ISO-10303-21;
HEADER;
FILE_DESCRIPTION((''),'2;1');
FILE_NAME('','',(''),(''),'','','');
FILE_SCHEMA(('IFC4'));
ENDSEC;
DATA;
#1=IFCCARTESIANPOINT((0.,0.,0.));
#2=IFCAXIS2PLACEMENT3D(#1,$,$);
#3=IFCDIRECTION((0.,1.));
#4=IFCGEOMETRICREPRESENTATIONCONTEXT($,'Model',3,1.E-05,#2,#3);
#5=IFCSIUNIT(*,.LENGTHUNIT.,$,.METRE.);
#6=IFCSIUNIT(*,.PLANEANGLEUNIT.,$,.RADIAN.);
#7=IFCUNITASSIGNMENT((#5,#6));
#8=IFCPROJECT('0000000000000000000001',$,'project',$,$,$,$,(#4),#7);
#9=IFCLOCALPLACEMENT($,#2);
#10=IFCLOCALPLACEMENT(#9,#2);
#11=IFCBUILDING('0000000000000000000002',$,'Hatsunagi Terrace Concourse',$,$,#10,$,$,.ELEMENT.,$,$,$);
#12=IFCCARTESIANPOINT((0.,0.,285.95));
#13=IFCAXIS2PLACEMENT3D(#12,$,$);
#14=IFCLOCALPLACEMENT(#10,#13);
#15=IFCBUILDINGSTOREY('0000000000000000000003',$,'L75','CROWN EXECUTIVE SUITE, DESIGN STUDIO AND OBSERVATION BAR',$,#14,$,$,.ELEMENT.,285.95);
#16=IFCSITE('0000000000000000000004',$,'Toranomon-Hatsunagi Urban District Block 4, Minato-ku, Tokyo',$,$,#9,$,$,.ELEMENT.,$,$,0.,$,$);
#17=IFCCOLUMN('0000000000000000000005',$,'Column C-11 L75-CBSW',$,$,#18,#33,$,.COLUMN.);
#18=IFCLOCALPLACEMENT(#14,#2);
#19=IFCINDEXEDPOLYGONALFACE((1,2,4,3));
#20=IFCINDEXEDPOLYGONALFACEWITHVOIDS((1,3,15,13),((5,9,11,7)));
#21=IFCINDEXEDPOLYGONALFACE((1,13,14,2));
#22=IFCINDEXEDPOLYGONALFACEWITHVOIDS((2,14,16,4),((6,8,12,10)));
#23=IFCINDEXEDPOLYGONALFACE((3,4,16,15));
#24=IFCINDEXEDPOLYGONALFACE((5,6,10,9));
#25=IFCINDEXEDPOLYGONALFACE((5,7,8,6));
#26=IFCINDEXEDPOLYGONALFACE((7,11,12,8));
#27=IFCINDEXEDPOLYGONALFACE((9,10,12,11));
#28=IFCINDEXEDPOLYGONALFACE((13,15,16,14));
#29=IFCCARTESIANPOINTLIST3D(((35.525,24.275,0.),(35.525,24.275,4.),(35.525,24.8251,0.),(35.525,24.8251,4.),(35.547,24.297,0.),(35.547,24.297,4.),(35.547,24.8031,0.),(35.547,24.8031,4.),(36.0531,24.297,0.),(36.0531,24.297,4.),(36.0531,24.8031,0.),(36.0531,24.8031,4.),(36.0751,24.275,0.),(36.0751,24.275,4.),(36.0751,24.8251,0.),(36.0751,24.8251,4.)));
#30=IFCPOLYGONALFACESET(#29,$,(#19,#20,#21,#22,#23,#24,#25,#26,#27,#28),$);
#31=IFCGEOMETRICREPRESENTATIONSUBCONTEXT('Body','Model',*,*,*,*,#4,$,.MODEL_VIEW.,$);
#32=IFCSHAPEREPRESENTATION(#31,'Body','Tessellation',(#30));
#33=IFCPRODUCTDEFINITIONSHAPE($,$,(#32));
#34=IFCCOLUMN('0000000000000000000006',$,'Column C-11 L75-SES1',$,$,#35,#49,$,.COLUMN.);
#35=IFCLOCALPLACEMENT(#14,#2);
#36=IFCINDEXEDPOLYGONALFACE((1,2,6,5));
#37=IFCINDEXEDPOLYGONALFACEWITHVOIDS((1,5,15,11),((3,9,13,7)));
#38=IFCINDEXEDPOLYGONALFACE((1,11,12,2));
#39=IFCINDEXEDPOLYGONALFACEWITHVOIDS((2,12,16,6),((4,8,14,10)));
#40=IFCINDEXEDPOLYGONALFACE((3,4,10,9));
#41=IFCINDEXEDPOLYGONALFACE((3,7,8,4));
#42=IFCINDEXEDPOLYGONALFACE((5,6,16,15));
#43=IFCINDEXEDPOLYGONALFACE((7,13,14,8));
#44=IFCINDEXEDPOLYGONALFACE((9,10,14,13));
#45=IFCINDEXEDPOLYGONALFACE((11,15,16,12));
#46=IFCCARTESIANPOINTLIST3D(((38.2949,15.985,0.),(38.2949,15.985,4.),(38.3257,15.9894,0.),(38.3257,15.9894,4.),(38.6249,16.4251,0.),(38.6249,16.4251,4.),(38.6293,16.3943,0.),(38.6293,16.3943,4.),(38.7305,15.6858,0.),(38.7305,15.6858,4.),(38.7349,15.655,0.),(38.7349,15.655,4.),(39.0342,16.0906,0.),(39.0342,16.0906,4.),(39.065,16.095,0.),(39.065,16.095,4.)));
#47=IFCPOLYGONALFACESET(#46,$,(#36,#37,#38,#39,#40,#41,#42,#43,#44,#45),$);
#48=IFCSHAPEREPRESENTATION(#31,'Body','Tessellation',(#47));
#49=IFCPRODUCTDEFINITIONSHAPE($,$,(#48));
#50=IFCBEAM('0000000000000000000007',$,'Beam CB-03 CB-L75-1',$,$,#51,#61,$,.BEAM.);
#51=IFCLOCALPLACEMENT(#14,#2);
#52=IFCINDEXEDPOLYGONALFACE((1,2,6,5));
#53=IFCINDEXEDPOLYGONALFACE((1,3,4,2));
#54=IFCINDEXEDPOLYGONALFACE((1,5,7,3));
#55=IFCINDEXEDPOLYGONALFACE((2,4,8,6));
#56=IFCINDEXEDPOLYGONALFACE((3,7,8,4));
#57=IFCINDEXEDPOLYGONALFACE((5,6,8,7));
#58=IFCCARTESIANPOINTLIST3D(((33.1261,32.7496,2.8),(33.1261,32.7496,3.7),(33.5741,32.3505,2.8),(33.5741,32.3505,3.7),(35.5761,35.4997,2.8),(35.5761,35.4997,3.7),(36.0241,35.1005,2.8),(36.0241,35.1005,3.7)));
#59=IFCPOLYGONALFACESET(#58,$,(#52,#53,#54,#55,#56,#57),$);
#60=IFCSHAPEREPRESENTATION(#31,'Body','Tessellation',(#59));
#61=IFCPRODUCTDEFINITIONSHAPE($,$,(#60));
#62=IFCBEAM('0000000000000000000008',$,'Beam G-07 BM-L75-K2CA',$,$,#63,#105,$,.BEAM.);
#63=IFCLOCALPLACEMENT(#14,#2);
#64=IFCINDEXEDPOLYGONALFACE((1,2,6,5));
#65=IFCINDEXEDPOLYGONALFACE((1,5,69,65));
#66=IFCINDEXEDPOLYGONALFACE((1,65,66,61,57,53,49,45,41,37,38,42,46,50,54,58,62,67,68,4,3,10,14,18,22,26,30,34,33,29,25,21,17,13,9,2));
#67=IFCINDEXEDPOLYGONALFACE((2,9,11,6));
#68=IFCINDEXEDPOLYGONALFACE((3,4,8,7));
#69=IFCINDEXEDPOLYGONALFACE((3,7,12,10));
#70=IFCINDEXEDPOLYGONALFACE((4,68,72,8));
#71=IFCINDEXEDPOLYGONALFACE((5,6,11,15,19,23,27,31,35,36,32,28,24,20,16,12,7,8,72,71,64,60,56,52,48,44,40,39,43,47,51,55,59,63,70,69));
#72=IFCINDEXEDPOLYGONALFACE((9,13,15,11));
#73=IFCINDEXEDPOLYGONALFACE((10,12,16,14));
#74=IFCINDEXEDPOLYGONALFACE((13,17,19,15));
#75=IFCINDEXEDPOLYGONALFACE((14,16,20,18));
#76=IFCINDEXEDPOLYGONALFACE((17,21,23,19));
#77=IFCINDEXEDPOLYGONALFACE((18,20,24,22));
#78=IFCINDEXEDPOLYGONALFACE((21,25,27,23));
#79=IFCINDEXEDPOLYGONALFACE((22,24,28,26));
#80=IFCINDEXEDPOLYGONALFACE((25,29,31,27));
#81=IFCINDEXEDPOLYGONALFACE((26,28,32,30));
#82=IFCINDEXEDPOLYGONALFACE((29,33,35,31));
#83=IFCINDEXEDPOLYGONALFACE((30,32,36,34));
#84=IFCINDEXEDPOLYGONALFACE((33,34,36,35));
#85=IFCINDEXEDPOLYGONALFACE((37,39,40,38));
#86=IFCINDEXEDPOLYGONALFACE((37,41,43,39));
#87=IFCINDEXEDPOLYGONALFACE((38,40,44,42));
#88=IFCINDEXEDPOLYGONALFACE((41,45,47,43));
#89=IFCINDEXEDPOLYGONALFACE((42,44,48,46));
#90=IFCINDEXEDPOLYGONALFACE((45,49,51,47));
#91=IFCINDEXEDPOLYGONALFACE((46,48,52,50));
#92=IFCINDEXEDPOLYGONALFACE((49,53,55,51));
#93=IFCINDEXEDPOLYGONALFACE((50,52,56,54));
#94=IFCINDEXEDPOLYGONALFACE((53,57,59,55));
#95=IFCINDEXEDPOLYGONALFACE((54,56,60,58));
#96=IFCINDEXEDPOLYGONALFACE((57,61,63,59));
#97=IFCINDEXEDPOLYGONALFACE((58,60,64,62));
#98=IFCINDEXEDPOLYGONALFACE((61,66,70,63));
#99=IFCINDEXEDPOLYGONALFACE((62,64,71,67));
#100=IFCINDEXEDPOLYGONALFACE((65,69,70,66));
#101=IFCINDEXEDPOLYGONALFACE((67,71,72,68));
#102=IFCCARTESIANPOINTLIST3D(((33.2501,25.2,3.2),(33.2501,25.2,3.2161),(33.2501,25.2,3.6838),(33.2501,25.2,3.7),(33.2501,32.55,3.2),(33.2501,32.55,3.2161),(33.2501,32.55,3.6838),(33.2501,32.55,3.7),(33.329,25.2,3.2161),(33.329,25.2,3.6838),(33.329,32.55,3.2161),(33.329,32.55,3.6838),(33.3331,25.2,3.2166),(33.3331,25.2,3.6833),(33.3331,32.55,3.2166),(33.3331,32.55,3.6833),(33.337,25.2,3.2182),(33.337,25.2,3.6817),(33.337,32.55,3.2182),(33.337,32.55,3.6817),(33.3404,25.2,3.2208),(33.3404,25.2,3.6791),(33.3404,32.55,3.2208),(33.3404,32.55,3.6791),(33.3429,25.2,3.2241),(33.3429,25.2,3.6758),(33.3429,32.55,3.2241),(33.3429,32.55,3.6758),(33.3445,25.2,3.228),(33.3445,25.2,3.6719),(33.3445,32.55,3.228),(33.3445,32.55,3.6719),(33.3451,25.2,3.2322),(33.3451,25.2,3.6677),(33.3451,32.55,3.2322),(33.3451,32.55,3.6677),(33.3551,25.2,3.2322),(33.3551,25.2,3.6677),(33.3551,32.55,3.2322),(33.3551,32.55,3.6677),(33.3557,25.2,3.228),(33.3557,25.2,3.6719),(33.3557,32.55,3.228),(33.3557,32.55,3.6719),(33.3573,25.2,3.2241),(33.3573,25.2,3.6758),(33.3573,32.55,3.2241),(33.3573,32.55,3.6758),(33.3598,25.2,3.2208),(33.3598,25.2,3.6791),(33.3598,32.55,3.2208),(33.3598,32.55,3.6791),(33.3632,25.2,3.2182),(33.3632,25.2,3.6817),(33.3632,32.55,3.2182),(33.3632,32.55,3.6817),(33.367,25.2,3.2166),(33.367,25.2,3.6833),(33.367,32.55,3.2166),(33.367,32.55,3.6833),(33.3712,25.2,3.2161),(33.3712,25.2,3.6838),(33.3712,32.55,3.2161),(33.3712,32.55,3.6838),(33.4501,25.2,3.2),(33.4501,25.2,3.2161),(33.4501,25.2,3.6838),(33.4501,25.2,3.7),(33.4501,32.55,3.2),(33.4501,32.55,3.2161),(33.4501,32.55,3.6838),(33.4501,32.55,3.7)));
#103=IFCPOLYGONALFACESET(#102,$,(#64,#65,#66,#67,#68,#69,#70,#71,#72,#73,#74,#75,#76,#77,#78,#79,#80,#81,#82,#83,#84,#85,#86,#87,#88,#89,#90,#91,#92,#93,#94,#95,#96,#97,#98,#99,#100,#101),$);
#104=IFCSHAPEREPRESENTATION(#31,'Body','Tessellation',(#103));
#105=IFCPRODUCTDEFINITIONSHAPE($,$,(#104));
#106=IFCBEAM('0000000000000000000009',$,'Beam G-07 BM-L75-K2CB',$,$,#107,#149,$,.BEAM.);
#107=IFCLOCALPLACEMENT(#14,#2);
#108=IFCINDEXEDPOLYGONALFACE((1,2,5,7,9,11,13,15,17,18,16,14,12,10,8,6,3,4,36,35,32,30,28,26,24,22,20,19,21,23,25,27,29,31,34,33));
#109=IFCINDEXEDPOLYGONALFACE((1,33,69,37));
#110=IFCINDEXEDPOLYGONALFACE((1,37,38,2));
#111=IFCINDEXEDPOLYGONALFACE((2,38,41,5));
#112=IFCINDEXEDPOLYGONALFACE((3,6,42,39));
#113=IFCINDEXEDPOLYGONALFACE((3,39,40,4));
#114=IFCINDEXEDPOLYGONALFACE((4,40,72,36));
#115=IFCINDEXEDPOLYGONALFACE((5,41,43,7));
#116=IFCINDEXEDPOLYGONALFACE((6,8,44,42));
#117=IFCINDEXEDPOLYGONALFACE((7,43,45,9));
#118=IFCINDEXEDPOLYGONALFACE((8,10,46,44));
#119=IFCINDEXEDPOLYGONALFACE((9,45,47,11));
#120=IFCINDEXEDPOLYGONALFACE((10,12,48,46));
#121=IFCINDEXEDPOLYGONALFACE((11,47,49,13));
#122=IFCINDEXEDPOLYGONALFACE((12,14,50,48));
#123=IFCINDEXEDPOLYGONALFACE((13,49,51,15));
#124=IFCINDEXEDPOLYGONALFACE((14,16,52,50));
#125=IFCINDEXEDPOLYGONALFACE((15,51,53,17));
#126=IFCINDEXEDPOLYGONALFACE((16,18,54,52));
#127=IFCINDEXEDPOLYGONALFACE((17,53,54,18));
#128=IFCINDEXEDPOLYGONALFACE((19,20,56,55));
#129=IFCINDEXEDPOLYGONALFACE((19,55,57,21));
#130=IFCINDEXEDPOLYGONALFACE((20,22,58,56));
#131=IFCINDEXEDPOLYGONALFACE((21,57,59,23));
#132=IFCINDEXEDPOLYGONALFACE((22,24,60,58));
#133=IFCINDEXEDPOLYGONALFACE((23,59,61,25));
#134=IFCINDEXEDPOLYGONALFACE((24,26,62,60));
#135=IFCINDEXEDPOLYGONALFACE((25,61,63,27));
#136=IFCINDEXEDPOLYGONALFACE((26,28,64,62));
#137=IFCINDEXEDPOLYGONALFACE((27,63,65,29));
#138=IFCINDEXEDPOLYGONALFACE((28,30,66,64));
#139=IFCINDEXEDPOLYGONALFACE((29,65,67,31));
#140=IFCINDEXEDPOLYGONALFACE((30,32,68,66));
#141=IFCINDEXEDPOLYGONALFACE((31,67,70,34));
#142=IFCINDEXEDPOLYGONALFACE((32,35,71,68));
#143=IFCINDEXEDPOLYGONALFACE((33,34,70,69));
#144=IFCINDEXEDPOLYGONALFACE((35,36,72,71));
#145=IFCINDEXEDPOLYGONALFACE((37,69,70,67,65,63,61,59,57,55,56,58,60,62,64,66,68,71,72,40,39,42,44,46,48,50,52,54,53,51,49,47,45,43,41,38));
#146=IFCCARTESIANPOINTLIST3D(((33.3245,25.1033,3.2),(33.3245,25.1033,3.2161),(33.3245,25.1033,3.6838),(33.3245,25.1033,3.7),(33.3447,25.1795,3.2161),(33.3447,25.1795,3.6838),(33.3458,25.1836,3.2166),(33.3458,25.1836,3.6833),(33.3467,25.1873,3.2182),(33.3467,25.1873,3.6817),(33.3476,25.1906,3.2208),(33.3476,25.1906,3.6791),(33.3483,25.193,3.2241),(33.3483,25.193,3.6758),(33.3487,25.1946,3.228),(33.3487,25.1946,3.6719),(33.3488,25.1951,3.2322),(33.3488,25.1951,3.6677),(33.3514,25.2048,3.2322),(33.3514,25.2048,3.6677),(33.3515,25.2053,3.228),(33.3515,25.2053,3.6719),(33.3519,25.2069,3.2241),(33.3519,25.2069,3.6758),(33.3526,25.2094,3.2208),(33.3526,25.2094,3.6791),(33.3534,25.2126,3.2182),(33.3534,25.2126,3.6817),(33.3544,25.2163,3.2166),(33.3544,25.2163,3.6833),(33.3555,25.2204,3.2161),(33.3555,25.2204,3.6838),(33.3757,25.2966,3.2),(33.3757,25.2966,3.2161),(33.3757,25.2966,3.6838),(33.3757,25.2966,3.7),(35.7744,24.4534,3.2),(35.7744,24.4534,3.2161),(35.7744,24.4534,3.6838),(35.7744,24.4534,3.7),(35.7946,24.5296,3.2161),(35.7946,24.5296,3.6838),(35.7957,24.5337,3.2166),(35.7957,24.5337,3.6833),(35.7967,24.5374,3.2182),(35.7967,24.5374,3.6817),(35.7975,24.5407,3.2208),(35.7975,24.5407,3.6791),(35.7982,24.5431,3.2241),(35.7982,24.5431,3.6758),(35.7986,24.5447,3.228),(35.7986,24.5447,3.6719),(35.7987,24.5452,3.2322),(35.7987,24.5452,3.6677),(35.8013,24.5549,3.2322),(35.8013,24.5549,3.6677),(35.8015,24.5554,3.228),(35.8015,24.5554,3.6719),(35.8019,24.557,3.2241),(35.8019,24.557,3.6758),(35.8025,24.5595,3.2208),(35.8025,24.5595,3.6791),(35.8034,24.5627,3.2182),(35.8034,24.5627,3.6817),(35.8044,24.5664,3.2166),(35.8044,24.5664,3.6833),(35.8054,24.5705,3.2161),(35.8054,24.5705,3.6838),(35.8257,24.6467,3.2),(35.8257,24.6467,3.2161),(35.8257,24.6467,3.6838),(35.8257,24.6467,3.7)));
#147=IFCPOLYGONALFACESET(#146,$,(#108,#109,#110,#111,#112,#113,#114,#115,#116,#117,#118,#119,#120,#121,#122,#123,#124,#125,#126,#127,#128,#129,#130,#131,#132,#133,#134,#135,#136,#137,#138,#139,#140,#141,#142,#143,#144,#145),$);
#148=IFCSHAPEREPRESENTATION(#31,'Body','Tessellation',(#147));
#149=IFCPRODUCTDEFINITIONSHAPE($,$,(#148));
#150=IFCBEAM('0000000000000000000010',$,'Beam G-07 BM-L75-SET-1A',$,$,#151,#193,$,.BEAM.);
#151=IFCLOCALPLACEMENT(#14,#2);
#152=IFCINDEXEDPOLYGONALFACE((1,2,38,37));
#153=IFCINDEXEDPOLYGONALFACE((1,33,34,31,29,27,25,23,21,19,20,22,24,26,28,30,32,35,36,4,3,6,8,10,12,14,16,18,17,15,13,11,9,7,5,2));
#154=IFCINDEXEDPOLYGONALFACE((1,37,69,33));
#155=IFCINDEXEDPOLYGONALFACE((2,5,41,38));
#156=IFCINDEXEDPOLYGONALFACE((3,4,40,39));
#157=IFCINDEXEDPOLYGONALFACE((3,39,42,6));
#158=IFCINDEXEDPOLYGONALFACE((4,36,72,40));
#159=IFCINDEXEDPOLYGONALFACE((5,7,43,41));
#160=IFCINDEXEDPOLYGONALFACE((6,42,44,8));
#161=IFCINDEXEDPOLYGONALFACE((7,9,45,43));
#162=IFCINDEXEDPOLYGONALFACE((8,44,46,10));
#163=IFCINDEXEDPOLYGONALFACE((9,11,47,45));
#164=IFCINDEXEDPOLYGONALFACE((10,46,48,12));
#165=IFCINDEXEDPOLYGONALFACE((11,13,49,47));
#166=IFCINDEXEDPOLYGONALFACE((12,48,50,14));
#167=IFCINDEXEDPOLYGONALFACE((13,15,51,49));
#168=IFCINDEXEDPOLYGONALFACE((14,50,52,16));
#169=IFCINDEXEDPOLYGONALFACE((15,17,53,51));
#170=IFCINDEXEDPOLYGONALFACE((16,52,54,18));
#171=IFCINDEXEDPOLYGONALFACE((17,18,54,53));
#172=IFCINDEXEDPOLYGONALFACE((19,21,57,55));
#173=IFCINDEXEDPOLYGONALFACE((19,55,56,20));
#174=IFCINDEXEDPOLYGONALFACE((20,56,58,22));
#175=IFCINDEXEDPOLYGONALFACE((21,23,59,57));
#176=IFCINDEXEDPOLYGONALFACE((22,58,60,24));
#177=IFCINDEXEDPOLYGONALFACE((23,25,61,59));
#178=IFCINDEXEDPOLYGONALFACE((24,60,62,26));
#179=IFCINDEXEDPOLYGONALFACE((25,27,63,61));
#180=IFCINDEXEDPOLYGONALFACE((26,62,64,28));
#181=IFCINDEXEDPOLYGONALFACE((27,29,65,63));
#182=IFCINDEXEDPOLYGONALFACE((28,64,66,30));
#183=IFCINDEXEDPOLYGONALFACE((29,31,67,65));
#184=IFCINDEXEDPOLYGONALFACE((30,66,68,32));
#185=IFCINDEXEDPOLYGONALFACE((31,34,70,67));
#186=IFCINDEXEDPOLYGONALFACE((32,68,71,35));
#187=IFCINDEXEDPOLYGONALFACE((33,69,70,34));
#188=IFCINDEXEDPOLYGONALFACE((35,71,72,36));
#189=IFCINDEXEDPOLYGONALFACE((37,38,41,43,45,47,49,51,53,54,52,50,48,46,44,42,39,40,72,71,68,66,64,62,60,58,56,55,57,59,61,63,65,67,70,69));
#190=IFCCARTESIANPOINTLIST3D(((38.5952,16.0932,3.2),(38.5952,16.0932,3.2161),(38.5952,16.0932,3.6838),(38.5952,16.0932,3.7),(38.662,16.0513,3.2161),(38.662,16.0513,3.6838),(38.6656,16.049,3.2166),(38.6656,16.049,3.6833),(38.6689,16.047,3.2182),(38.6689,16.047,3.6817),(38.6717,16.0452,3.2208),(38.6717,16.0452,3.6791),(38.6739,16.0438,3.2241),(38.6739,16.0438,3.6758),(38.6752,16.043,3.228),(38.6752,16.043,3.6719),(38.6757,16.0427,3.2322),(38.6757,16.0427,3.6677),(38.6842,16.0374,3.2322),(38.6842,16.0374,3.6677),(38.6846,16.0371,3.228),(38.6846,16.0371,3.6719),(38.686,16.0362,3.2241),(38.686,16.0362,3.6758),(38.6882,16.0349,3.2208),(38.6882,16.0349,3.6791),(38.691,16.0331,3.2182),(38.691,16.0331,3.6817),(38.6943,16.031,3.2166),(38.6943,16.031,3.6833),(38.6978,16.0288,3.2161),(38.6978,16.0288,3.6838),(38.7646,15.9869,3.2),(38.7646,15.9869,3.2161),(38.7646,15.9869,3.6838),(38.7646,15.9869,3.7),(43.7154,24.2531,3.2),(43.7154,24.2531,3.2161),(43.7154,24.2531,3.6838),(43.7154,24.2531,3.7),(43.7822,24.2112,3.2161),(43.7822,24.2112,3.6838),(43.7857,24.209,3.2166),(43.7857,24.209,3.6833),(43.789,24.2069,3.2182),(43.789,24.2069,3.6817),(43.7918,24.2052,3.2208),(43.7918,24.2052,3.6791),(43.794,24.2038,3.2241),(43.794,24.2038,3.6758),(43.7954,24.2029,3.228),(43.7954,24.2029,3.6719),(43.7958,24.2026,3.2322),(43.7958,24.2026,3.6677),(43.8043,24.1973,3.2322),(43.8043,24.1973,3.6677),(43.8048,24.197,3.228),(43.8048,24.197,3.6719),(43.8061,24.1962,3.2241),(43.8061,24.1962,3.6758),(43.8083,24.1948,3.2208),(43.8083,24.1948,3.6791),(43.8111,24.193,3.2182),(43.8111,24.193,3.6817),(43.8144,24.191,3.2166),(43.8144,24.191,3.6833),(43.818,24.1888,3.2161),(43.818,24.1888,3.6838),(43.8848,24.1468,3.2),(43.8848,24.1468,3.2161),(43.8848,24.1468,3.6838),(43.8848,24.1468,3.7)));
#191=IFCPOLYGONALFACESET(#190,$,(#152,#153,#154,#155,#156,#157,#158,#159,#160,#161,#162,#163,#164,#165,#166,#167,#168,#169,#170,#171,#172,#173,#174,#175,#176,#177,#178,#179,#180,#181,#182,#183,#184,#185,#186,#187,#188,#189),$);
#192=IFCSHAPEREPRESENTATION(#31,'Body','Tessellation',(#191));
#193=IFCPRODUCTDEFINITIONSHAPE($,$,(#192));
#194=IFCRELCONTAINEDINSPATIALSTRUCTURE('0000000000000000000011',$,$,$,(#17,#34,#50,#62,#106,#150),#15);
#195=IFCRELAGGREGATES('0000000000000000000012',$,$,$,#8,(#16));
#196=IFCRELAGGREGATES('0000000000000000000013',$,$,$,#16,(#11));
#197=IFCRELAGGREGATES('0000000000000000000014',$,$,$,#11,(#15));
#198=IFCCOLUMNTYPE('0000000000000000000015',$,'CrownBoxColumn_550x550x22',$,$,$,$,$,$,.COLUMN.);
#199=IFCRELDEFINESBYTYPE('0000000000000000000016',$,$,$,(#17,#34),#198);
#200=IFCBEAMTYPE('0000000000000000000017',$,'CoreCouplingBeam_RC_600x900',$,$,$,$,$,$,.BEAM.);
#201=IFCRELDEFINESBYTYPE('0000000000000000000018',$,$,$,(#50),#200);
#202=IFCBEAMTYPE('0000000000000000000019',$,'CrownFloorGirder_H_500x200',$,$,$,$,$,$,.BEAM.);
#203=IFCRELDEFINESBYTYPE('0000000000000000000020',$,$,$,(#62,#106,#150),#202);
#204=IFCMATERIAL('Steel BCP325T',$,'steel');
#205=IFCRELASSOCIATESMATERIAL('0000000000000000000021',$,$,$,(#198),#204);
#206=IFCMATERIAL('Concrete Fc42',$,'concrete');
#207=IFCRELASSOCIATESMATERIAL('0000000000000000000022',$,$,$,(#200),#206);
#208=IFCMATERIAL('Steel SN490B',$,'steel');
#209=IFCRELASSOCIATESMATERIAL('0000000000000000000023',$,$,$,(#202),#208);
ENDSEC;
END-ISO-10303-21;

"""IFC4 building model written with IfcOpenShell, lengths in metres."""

from ifc_helpers import new_model, si_unit, direction, frame, origin, origin_2d, place, context, subcontext, project, spatial, rectangle, hollow_rectangle, i_section, extrude, material, material_profile, profile_set, type_object, element, save


model = new_model("IFC4")

# Units and contexts
model_context = context("Model", 3, precision=1e-05, world=origin(), true_north=direction((0.0, 1.0)))
body_context = subcontext(model_context, "Body", "Model", "MODEL_VIEW")
ifc_project = project(units=[si_unit("LENGTHUNIT", "METRE"), si_unit("PLANEANGLEUNIT", "RADIAN")], contexts=[model_context])

# Site, building, storey
site_placement = place(None, origin())
site = spatial("IfcSite", under=ifc_project, at=site_placement, Name="Toranomon-Hatsunagi Urban District Block 4, Minato-ku, Tokyo", CompositionType="ELEMENT", RefElevation=0.0)
building_placement = place(site_placement, origin())
building = spatial("IfcBuilding", under=site, at=building_placement, Name="Hatsunagi Terrace Concourse", CompositionType="ELEMENT")
storey_placement = place(building_placement, frame((0.0, 0.0, 285.95)))
storey = spatial("IfcBuildingStorey", under=building, at=storey_placement, Name="L75", Description="CROWN EXECUTIVE SUITE, DESIGN STUDIO AND OBSERVATION BAR", CompositionType="ELEMENT", Elevation=285.95)

# Columns
ifc_material_1 = material(Name="Steel BCP325T", Category="steel")
ifc_material_profile_1 = material_profile(ifc_material_1, hollow_rectangle(XDim=0.55, YDim=0.55, WallThickness=0.022, at=origin_2d()), Name="BCP-550x550x22")
ifc_profile_set_1 = profile_set([ifc_material_profile_1], Name="Steel BCP325T")
column_type = type_object("IfcColumnType", Name="CrownBoxColumn_550x550x22", PredefinedType="COLUMN", material=ifc_profile_set_1)
for number, where, z_axis, x_axis, name in (
    (1, (35.8, 24.55, 0.0), (0.0, 0.0, 1.0), (1.0, 0.0, 0.0), "Column C-11 L75-CBSW"),
    (2, (38.6799, 16.04, 0.0), (0.0, 0.0, 1.0), (0.8, -0.6, 0.0), "Column C-11 L75-SES1"),
):
    element("IfcColumn", number, at=place(storey_placement, frame(where, z_axis=z_axis, x_axis=x_axis)), inside=storey, type_object=column_type, Name=name, PredefinedType="COLUMN", context=body_context, shape_type="SweptSolid", body=[
        extrude(hollow_rectangle(XDim=0.55, YDim=0.55, WallThickness=0.022, at=origin_2d()), origin(), (0.0, 0.0, 1.0), 4.0),
    ])

# Beams
ifc_material_2 = material(Name="Concrete Fc42", Category="concrete")
ifc_material_profile_2 = material_profile(ifc_material_2, rectangle(XDim=0.6001, YDim=0.8999, at=origin_2d()), Name="RC-600x900")
ifc_profile_set_2 = profile_set([ifc_material_profile_2], Name="Concrete Fc42")
beam_type_1 = type_object("IfcBeamType", Name="CoreCouplingBeam_RC_600x900", PredefinedType="BEAM", material=ifc_profile_set_2)
beam_1_placement = place(storey_placement, frame((33.3501, 32.55, 3.25), z_axis=(0.665199, 0.746666, 0.0), x_axis=(-0.746666, 0.665199, 0.0)))
element("IfcBeam", 3, at=beam_1_placement, inside=storey, type_object=beam_type_1, Name="Beam CB-03 CB-L75-1", PredefinedType="BEAM", context=body_context, shape_type="SweptSolid", body=[
    extrude(rectangle(XDim=0.6001, YDim=0.8999, at=origin_2d()), origin(), (0.0, 0.0, 1.0), 3.6831),
])
ifc_material_3 = material(Name="Steel SN490B", Category="steel")
ifc_material_profile_3 = material_profile(ifc_material_3, i_section(OverallWidth=0.2, OverallDepth=0.5, WebThickness=0.01, FlangeThickness=0.0161, FilletRadius=0.0161, at=origin_2d()), Name="H-500x200x10x16")
ifc_profile_set_3 = profile_set([ifc_material_profile_3], Name="Steel SN490B")
beam_type_2 = type_object("IfcBeamType", Name="CrownFloorGirder_H_500x200", PredefinedType="BEAM", material=ifc_profile_set_3)
beam_2_placement = place(storey_placement, frame((33.3501, 25.2, 3.45), z_axis=(0.0, 1.0, 0.0), x_axis=(-1.0, 0.0, 0.0)))
element("IfcBeam", 4, at=beam_2_placement, inside=storey, type_object=beam_type_2, Name="Beam G-07 BM-L75-K2CA", PredefinedType="BEAM", context=body_context, shape_type="SweptSolid", body=[
    extrude(i_section(OverallWidth=0.2, OverallDepth=0.5, WebThickness=0.01, FlangeThickness=0.0161, FilletRadius=0.0161, at=origin_2d()), origin(), (0.0, 0.0, 1.0), 7.3501),
])
beam_3_placement = place(storey_placement, frame((33.3501, 25.2, 3.45), z_axis=(0.96657, -0.256403, 0.0), x_axis=(0.256403, 0.96657, 0.0)))
element("IfcBeam", 5, at=beam_3_placement, inside=storey, type_object=beam_type_2, Name="Beam G-07 BM-L75-K2CB", PredefinedType="BEAM", context=body_context, shape_type="SweptSolid", body=[
    extrude(i_section(OverallWidth=0.2, OverallDepth=0.5, WebThickness=0.01, FlangeThickness=0.0161, FilletRadius=0.0161, at=origin_2d()), origin(), (0.0, 0.0, 1.0), 2.5347),
])
beam_4_placement = place(storey_placement, frame((38.6799, 16.04, 3.45), z_axis=(0.531504, 0.847056, 0.0), x_axis=(-0.847056, 0.531504, 0.0)))
element("IfcBeam", 6, at=beam_4_placement, inside=storey, type_object=beam_type_2, Name="Beam G-07 BM-L75-SET-1A", PredefinedType="BEAM", context=body_context, shape_type="SweptSolid", body=[
    extrude(i_section(OverallWidth=0.2, OverallDepth=0.5, WebThickness=0.01, FlangeThickness=0.0161, FilletRadius=0.0161, at=origin_2d()), origin(), (0.0, 0.0, 1.0), 9.6333),
])

save(model, "model.ifc")
